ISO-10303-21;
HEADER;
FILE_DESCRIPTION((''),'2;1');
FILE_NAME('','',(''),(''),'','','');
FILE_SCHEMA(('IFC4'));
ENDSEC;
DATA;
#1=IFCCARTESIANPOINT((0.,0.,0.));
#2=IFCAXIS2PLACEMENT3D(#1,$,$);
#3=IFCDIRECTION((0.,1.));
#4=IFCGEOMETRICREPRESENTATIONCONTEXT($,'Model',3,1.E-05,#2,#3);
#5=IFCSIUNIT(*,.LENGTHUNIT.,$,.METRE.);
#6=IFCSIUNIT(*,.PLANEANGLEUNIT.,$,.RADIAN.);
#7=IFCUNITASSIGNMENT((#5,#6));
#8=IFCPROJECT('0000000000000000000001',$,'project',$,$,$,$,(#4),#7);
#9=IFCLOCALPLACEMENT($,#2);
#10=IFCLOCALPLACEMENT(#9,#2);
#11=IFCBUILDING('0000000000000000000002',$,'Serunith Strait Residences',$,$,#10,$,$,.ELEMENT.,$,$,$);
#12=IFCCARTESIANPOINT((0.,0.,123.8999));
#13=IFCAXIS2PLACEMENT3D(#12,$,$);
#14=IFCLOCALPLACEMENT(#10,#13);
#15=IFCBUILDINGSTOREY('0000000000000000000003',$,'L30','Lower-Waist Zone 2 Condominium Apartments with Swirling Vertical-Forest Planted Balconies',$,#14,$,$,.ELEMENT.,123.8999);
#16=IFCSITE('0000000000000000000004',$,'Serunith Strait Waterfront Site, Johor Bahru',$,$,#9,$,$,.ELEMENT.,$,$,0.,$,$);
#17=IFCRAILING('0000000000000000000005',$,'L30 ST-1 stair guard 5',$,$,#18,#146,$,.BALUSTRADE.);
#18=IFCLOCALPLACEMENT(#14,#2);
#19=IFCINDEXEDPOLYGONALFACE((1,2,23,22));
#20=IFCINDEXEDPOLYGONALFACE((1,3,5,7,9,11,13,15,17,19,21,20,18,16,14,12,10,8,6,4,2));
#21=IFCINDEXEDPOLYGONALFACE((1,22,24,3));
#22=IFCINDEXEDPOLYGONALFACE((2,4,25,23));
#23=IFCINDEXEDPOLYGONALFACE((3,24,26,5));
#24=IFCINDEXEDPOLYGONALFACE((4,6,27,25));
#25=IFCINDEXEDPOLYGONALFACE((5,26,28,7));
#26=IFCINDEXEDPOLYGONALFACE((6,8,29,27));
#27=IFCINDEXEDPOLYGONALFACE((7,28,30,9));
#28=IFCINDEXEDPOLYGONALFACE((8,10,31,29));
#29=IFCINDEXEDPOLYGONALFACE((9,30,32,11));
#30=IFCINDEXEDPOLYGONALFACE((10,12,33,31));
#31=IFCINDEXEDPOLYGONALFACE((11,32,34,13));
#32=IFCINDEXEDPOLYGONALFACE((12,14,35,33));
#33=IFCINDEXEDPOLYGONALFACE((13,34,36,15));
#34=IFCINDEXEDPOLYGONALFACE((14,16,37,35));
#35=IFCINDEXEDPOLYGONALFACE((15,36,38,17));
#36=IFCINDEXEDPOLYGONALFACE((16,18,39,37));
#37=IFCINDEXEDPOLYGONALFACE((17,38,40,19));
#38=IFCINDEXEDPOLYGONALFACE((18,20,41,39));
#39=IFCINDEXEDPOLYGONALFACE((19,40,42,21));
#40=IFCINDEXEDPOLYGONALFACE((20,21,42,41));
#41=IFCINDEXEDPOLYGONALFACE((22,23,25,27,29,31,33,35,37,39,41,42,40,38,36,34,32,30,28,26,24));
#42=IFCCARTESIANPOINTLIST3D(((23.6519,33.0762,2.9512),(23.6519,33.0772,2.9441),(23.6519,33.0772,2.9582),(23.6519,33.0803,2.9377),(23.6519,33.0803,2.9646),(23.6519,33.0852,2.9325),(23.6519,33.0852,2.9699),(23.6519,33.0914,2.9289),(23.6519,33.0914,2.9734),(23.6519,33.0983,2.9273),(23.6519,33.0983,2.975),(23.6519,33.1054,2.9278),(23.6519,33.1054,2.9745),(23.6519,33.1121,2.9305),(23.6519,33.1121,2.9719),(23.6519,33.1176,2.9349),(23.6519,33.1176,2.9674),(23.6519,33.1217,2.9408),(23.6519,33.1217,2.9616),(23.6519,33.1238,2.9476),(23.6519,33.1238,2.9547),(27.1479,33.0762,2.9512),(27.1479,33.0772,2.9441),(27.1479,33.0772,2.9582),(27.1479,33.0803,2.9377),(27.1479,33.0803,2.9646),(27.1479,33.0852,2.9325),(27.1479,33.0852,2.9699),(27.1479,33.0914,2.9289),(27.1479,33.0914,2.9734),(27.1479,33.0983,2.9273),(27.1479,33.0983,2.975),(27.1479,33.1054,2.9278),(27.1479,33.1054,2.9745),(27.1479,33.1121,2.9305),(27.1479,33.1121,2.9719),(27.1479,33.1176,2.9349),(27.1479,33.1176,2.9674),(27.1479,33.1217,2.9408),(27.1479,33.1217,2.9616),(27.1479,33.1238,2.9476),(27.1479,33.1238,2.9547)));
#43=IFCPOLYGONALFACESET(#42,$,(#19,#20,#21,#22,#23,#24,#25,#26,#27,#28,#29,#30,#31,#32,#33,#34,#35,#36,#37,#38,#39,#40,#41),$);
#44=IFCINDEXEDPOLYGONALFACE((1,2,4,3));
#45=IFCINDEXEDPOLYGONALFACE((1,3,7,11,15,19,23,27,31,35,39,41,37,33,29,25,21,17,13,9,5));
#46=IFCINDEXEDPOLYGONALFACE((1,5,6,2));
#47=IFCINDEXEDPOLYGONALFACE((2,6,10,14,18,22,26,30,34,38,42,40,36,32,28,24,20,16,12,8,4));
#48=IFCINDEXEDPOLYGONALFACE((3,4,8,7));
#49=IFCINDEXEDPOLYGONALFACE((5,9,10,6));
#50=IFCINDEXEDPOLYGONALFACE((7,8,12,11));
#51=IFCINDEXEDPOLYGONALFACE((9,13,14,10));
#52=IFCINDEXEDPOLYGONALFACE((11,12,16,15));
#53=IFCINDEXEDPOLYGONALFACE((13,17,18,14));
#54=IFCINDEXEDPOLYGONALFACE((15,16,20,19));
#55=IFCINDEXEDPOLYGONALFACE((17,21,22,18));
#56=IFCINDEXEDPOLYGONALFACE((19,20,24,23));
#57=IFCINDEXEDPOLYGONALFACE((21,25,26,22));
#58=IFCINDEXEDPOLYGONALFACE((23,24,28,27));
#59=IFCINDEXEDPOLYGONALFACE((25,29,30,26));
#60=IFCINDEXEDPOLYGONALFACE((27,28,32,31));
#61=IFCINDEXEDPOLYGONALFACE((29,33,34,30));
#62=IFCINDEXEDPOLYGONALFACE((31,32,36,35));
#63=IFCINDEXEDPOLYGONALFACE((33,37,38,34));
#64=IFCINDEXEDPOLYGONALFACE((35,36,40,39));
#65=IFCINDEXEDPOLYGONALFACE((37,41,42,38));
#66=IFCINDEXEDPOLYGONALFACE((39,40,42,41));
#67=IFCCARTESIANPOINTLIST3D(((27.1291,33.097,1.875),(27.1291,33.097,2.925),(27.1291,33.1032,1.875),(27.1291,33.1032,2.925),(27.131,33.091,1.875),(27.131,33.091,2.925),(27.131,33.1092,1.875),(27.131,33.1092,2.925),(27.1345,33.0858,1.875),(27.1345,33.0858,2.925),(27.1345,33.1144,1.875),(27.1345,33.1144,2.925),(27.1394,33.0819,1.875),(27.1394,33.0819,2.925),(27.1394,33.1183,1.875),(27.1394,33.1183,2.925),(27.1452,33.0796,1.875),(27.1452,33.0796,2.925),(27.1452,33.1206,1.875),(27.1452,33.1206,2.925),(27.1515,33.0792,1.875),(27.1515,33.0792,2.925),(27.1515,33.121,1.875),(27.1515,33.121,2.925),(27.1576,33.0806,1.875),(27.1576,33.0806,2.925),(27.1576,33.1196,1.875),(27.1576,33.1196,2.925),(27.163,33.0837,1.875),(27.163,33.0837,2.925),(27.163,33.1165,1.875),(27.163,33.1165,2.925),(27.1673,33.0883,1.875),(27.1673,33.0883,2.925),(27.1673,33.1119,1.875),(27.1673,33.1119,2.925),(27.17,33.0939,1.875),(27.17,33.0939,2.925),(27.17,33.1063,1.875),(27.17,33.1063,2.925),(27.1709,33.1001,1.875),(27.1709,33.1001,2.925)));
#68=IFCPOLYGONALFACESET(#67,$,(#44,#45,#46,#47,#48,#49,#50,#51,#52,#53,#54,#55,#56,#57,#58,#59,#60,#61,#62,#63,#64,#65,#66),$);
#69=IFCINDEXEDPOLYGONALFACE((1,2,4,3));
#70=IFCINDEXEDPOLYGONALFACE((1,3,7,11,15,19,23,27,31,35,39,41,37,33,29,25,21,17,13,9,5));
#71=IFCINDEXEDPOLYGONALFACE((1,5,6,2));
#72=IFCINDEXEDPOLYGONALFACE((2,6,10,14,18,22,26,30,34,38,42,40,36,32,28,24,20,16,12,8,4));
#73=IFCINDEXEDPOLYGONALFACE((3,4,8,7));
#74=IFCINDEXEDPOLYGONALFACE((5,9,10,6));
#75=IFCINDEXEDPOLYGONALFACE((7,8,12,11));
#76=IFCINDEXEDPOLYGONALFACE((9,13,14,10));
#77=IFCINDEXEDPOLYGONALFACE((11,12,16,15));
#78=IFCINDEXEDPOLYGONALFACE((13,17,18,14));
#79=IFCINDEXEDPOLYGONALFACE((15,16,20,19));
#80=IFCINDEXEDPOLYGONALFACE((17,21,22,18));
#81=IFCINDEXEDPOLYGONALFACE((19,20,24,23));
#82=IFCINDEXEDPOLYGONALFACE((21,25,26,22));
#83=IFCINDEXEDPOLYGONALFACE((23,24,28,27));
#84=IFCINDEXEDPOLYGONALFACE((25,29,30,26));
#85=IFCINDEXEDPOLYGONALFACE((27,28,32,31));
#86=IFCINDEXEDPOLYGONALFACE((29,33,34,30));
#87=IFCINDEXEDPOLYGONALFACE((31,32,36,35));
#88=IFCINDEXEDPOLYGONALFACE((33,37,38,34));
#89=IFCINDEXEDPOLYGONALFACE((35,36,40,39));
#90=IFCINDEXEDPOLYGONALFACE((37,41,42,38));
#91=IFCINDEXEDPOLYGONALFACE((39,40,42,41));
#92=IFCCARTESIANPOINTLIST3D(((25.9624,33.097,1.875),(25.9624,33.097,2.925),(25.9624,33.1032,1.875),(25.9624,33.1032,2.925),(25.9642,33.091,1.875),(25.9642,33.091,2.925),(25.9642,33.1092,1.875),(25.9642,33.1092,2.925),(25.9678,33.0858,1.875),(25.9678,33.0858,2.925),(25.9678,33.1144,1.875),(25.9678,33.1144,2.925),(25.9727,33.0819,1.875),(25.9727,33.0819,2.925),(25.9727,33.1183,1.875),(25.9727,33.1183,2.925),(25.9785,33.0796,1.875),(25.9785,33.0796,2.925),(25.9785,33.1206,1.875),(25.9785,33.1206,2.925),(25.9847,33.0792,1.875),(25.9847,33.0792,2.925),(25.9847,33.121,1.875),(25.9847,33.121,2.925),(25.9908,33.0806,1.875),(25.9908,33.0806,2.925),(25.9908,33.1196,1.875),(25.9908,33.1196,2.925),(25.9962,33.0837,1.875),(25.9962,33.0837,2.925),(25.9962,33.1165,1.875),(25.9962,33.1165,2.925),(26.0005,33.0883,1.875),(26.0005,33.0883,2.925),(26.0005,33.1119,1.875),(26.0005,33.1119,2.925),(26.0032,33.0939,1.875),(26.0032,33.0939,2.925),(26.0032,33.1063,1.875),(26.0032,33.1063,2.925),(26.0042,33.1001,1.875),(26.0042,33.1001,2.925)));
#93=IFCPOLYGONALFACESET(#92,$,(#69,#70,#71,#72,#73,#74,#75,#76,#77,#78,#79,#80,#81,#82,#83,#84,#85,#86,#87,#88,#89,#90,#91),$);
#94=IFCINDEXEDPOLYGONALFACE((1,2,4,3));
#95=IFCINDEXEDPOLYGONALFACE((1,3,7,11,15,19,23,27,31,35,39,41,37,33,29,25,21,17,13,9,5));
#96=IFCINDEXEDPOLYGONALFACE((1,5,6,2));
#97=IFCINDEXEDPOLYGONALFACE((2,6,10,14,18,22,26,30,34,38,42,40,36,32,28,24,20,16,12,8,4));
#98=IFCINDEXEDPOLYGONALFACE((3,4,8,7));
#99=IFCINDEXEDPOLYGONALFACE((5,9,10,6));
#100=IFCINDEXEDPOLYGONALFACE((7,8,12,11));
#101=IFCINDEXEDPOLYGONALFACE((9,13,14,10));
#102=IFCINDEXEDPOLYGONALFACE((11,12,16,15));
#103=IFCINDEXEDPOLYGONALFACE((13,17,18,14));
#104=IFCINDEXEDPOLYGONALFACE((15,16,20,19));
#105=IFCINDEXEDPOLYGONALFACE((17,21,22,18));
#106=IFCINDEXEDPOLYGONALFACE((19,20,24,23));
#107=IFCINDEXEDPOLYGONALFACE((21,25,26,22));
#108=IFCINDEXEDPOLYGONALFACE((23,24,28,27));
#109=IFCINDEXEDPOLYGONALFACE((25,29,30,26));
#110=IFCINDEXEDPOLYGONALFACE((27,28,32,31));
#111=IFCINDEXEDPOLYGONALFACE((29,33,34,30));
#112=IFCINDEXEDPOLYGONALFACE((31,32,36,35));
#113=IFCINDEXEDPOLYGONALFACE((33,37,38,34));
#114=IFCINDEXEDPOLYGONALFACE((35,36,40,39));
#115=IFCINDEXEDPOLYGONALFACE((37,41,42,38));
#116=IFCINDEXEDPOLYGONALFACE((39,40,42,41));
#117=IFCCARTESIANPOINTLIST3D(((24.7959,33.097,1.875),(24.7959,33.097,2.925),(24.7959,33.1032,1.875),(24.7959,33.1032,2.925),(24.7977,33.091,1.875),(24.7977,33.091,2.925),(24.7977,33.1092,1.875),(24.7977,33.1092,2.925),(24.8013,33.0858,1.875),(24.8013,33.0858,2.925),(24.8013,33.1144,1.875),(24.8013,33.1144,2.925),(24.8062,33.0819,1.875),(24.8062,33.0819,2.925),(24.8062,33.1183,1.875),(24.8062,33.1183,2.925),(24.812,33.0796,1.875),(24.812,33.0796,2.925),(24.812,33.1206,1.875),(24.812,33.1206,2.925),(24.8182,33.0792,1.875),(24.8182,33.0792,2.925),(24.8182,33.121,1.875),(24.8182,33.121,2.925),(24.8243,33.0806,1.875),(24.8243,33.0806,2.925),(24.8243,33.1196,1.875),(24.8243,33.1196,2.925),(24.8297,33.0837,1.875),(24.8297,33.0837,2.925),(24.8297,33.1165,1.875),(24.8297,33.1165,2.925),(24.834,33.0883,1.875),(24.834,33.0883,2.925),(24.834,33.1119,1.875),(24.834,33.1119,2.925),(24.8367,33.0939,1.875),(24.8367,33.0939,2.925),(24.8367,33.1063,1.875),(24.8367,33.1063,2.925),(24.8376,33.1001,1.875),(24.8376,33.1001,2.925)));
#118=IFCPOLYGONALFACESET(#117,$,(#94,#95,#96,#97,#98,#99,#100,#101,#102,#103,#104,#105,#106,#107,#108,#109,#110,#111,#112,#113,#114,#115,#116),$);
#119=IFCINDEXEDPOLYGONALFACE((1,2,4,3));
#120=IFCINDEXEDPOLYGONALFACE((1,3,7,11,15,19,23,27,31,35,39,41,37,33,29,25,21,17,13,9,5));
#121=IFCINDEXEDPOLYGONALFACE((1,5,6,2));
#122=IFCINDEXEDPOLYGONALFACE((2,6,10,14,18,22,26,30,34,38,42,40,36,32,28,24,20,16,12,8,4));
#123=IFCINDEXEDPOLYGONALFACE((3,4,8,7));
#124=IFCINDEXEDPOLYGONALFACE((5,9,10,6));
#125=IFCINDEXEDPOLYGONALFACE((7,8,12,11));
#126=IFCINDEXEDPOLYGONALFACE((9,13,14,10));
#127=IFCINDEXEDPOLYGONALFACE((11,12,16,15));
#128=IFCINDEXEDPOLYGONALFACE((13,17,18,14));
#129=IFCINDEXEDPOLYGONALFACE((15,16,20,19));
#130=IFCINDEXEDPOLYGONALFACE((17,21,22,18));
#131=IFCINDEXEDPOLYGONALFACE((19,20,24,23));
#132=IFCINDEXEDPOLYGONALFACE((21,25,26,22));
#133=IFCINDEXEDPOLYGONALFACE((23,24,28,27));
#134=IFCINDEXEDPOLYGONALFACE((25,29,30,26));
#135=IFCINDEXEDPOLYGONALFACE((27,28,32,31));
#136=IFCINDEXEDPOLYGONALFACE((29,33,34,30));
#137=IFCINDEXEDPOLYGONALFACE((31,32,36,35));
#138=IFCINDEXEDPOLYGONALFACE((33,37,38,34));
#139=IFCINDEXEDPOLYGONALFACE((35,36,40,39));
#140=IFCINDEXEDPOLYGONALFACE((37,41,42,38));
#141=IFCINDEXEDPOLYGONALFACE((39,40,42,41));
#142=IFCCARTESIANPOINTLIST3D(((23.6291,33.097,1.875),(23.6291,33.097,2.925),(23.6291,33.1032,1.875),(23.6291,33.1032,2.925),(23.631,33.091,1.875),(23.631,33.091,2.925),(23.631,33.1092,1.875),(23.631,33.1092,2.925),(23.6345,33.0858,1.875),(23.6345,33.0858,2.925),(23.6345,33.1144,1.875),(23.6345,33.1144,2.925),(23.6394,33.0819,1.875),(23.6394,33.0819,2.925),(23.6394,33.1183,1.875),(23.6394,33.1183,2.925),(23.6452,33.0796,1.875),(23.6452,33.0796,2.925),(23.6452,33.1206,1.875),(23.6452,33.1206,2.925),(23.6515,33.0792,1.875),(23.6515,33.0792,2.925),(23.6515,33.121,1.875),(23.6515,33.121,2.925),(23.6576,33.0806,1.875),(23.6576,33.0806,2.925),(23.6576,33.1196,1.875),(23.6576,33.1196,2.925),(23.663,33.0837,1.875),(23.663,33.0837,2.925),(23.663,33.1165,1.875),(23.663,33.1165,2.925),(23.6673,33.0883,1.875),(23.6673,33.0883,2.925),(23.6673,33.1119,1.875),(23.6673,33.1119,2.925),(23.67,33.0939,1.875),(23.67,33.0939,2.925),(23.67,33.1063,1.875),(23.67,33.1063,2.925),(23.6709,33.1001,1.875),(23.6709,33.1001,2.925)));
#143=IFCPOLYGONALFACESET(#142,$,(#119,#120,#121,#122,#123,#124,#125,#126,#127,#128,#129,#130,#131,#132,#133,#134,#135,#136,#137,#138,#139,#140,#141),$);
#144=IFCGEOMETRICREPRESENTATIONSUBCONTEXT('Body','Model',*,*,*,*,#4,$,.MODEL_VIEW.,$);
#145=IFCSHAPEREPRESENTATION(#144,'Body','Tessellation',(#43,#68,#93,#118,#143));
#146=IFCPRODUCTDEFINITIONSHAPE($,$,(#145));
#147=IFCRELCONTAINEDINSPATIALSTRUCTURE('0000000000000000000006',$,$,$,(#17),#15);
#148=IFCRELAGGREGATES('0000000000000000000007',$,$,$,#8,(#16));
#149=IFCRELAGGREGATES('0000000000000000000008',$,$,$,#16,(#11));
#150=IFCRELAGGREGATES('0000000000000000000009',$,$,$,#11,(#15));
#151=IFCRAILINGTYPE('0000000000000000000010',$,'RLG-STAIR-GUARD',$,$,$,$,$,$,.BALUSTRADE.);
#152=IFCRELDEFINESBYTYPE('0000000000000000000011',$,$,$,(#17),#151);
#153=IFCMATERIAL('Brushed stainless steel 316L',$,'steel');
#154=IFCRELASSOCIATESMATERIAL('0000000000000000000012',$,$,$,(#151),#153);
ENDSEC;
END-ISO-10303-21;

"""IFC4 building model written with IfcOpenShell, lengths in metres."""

from ifc_helpers import new_model, si_unit, direction, frame, origin, origin_2d, place, context, subcontext, project, spatial, circle, extrude, material, type_object, element, save


model = new_model("IFC4")

# Units and contexts
model_context = context("Model", 3, precision=1e-05, world=origin(), true_north=direction((0.0, 1.0)))
body_context = subcontext(model_context, "Body", "Model", "MODEL_VIEW")
ifc_project = project(units=[si_unit("LENGTHUNIT", "METRE"), si_unit("PLANEANGLEUNIT", "RADIAN")], contexts=[model_context])

# Site, building, storey
site_placement = place(None, origin())
site = spatial("IfcSite", under=ifc_project, at=site_placement, Name="Serunith Strait Waterfront Site, Johor Bahru", CompositionType="ELEMENT", RefElevation=0.0)
building_placement = place(site_placement, origin())
building = spatial("IfcBuilding", under=site, at=building_placement, Name="Serunith Strait Residences", CompositionType="ELEMENT")
storey_placement = place(building_placement, frame((0.0, 0.0, 123.8999)))
storey = spatial("IfcBuildingStorey", under=building, at=storey_placement, Name="L30", Description="Lower-Waist Zone 2 Condominium Apartments with Swirling Vertical-Forest Planted Balconies", CompositionType="ELEMENT", Elevation=123.8999)

# Railing
ifc_material_1 = material(Name="Brushed stainless steel 316L", Category="steel")
railing_type_1 = type_object("IfcRailingType", Name="RLG-STAIR-GUARD", PredefinedType="BALUSTRADE", material=ifc_material_1)
railing_1_placement = place(storey_placement, frame((27.1499, 33.1001, 1.875)))
element("IfcRailing", 1, at=railing_1_placement, inside=storey, type_object=railing_type_1, Name="L30 ST-1 stair guard 5", PredefinedType="BALUSTRADE", context=body_context, shape_type="SweptSolid", body=[
    extrude(circle(Radius=0.0239, at=origin_2d()), frame((-0.002, 0.0, 1.0762), z_axis=(-1.0, 0.0, 0.0), x_axis=(0.0, -1.0, 0.0)), (0.0, 0.0, 1.0), 3.4961),
    extrude(circle(Radius=0.021, at=origin_2d()), origin(), (0.0, 0.0, 1.0), 1.05),
    extrude(circle(Radius=0.021, at=origin_2d()), frame((-1.1667, 0.0, 0.0)), (0.0, 0.0, 1.0), 1.05),
    extrude(circle(Radius=0.021, at=origin_2d()), frame((-2.3333, 0.0, 0.0)), (0.0, 0.0, 1.0), 1.05),
    extrude(circle(Radius=0.021, at=origin_2d()), frame((-3.5, 0.0, 0.0)), (0.0, 0.0, 1.0), 1.05),
])

save(model, "model.ifc")
